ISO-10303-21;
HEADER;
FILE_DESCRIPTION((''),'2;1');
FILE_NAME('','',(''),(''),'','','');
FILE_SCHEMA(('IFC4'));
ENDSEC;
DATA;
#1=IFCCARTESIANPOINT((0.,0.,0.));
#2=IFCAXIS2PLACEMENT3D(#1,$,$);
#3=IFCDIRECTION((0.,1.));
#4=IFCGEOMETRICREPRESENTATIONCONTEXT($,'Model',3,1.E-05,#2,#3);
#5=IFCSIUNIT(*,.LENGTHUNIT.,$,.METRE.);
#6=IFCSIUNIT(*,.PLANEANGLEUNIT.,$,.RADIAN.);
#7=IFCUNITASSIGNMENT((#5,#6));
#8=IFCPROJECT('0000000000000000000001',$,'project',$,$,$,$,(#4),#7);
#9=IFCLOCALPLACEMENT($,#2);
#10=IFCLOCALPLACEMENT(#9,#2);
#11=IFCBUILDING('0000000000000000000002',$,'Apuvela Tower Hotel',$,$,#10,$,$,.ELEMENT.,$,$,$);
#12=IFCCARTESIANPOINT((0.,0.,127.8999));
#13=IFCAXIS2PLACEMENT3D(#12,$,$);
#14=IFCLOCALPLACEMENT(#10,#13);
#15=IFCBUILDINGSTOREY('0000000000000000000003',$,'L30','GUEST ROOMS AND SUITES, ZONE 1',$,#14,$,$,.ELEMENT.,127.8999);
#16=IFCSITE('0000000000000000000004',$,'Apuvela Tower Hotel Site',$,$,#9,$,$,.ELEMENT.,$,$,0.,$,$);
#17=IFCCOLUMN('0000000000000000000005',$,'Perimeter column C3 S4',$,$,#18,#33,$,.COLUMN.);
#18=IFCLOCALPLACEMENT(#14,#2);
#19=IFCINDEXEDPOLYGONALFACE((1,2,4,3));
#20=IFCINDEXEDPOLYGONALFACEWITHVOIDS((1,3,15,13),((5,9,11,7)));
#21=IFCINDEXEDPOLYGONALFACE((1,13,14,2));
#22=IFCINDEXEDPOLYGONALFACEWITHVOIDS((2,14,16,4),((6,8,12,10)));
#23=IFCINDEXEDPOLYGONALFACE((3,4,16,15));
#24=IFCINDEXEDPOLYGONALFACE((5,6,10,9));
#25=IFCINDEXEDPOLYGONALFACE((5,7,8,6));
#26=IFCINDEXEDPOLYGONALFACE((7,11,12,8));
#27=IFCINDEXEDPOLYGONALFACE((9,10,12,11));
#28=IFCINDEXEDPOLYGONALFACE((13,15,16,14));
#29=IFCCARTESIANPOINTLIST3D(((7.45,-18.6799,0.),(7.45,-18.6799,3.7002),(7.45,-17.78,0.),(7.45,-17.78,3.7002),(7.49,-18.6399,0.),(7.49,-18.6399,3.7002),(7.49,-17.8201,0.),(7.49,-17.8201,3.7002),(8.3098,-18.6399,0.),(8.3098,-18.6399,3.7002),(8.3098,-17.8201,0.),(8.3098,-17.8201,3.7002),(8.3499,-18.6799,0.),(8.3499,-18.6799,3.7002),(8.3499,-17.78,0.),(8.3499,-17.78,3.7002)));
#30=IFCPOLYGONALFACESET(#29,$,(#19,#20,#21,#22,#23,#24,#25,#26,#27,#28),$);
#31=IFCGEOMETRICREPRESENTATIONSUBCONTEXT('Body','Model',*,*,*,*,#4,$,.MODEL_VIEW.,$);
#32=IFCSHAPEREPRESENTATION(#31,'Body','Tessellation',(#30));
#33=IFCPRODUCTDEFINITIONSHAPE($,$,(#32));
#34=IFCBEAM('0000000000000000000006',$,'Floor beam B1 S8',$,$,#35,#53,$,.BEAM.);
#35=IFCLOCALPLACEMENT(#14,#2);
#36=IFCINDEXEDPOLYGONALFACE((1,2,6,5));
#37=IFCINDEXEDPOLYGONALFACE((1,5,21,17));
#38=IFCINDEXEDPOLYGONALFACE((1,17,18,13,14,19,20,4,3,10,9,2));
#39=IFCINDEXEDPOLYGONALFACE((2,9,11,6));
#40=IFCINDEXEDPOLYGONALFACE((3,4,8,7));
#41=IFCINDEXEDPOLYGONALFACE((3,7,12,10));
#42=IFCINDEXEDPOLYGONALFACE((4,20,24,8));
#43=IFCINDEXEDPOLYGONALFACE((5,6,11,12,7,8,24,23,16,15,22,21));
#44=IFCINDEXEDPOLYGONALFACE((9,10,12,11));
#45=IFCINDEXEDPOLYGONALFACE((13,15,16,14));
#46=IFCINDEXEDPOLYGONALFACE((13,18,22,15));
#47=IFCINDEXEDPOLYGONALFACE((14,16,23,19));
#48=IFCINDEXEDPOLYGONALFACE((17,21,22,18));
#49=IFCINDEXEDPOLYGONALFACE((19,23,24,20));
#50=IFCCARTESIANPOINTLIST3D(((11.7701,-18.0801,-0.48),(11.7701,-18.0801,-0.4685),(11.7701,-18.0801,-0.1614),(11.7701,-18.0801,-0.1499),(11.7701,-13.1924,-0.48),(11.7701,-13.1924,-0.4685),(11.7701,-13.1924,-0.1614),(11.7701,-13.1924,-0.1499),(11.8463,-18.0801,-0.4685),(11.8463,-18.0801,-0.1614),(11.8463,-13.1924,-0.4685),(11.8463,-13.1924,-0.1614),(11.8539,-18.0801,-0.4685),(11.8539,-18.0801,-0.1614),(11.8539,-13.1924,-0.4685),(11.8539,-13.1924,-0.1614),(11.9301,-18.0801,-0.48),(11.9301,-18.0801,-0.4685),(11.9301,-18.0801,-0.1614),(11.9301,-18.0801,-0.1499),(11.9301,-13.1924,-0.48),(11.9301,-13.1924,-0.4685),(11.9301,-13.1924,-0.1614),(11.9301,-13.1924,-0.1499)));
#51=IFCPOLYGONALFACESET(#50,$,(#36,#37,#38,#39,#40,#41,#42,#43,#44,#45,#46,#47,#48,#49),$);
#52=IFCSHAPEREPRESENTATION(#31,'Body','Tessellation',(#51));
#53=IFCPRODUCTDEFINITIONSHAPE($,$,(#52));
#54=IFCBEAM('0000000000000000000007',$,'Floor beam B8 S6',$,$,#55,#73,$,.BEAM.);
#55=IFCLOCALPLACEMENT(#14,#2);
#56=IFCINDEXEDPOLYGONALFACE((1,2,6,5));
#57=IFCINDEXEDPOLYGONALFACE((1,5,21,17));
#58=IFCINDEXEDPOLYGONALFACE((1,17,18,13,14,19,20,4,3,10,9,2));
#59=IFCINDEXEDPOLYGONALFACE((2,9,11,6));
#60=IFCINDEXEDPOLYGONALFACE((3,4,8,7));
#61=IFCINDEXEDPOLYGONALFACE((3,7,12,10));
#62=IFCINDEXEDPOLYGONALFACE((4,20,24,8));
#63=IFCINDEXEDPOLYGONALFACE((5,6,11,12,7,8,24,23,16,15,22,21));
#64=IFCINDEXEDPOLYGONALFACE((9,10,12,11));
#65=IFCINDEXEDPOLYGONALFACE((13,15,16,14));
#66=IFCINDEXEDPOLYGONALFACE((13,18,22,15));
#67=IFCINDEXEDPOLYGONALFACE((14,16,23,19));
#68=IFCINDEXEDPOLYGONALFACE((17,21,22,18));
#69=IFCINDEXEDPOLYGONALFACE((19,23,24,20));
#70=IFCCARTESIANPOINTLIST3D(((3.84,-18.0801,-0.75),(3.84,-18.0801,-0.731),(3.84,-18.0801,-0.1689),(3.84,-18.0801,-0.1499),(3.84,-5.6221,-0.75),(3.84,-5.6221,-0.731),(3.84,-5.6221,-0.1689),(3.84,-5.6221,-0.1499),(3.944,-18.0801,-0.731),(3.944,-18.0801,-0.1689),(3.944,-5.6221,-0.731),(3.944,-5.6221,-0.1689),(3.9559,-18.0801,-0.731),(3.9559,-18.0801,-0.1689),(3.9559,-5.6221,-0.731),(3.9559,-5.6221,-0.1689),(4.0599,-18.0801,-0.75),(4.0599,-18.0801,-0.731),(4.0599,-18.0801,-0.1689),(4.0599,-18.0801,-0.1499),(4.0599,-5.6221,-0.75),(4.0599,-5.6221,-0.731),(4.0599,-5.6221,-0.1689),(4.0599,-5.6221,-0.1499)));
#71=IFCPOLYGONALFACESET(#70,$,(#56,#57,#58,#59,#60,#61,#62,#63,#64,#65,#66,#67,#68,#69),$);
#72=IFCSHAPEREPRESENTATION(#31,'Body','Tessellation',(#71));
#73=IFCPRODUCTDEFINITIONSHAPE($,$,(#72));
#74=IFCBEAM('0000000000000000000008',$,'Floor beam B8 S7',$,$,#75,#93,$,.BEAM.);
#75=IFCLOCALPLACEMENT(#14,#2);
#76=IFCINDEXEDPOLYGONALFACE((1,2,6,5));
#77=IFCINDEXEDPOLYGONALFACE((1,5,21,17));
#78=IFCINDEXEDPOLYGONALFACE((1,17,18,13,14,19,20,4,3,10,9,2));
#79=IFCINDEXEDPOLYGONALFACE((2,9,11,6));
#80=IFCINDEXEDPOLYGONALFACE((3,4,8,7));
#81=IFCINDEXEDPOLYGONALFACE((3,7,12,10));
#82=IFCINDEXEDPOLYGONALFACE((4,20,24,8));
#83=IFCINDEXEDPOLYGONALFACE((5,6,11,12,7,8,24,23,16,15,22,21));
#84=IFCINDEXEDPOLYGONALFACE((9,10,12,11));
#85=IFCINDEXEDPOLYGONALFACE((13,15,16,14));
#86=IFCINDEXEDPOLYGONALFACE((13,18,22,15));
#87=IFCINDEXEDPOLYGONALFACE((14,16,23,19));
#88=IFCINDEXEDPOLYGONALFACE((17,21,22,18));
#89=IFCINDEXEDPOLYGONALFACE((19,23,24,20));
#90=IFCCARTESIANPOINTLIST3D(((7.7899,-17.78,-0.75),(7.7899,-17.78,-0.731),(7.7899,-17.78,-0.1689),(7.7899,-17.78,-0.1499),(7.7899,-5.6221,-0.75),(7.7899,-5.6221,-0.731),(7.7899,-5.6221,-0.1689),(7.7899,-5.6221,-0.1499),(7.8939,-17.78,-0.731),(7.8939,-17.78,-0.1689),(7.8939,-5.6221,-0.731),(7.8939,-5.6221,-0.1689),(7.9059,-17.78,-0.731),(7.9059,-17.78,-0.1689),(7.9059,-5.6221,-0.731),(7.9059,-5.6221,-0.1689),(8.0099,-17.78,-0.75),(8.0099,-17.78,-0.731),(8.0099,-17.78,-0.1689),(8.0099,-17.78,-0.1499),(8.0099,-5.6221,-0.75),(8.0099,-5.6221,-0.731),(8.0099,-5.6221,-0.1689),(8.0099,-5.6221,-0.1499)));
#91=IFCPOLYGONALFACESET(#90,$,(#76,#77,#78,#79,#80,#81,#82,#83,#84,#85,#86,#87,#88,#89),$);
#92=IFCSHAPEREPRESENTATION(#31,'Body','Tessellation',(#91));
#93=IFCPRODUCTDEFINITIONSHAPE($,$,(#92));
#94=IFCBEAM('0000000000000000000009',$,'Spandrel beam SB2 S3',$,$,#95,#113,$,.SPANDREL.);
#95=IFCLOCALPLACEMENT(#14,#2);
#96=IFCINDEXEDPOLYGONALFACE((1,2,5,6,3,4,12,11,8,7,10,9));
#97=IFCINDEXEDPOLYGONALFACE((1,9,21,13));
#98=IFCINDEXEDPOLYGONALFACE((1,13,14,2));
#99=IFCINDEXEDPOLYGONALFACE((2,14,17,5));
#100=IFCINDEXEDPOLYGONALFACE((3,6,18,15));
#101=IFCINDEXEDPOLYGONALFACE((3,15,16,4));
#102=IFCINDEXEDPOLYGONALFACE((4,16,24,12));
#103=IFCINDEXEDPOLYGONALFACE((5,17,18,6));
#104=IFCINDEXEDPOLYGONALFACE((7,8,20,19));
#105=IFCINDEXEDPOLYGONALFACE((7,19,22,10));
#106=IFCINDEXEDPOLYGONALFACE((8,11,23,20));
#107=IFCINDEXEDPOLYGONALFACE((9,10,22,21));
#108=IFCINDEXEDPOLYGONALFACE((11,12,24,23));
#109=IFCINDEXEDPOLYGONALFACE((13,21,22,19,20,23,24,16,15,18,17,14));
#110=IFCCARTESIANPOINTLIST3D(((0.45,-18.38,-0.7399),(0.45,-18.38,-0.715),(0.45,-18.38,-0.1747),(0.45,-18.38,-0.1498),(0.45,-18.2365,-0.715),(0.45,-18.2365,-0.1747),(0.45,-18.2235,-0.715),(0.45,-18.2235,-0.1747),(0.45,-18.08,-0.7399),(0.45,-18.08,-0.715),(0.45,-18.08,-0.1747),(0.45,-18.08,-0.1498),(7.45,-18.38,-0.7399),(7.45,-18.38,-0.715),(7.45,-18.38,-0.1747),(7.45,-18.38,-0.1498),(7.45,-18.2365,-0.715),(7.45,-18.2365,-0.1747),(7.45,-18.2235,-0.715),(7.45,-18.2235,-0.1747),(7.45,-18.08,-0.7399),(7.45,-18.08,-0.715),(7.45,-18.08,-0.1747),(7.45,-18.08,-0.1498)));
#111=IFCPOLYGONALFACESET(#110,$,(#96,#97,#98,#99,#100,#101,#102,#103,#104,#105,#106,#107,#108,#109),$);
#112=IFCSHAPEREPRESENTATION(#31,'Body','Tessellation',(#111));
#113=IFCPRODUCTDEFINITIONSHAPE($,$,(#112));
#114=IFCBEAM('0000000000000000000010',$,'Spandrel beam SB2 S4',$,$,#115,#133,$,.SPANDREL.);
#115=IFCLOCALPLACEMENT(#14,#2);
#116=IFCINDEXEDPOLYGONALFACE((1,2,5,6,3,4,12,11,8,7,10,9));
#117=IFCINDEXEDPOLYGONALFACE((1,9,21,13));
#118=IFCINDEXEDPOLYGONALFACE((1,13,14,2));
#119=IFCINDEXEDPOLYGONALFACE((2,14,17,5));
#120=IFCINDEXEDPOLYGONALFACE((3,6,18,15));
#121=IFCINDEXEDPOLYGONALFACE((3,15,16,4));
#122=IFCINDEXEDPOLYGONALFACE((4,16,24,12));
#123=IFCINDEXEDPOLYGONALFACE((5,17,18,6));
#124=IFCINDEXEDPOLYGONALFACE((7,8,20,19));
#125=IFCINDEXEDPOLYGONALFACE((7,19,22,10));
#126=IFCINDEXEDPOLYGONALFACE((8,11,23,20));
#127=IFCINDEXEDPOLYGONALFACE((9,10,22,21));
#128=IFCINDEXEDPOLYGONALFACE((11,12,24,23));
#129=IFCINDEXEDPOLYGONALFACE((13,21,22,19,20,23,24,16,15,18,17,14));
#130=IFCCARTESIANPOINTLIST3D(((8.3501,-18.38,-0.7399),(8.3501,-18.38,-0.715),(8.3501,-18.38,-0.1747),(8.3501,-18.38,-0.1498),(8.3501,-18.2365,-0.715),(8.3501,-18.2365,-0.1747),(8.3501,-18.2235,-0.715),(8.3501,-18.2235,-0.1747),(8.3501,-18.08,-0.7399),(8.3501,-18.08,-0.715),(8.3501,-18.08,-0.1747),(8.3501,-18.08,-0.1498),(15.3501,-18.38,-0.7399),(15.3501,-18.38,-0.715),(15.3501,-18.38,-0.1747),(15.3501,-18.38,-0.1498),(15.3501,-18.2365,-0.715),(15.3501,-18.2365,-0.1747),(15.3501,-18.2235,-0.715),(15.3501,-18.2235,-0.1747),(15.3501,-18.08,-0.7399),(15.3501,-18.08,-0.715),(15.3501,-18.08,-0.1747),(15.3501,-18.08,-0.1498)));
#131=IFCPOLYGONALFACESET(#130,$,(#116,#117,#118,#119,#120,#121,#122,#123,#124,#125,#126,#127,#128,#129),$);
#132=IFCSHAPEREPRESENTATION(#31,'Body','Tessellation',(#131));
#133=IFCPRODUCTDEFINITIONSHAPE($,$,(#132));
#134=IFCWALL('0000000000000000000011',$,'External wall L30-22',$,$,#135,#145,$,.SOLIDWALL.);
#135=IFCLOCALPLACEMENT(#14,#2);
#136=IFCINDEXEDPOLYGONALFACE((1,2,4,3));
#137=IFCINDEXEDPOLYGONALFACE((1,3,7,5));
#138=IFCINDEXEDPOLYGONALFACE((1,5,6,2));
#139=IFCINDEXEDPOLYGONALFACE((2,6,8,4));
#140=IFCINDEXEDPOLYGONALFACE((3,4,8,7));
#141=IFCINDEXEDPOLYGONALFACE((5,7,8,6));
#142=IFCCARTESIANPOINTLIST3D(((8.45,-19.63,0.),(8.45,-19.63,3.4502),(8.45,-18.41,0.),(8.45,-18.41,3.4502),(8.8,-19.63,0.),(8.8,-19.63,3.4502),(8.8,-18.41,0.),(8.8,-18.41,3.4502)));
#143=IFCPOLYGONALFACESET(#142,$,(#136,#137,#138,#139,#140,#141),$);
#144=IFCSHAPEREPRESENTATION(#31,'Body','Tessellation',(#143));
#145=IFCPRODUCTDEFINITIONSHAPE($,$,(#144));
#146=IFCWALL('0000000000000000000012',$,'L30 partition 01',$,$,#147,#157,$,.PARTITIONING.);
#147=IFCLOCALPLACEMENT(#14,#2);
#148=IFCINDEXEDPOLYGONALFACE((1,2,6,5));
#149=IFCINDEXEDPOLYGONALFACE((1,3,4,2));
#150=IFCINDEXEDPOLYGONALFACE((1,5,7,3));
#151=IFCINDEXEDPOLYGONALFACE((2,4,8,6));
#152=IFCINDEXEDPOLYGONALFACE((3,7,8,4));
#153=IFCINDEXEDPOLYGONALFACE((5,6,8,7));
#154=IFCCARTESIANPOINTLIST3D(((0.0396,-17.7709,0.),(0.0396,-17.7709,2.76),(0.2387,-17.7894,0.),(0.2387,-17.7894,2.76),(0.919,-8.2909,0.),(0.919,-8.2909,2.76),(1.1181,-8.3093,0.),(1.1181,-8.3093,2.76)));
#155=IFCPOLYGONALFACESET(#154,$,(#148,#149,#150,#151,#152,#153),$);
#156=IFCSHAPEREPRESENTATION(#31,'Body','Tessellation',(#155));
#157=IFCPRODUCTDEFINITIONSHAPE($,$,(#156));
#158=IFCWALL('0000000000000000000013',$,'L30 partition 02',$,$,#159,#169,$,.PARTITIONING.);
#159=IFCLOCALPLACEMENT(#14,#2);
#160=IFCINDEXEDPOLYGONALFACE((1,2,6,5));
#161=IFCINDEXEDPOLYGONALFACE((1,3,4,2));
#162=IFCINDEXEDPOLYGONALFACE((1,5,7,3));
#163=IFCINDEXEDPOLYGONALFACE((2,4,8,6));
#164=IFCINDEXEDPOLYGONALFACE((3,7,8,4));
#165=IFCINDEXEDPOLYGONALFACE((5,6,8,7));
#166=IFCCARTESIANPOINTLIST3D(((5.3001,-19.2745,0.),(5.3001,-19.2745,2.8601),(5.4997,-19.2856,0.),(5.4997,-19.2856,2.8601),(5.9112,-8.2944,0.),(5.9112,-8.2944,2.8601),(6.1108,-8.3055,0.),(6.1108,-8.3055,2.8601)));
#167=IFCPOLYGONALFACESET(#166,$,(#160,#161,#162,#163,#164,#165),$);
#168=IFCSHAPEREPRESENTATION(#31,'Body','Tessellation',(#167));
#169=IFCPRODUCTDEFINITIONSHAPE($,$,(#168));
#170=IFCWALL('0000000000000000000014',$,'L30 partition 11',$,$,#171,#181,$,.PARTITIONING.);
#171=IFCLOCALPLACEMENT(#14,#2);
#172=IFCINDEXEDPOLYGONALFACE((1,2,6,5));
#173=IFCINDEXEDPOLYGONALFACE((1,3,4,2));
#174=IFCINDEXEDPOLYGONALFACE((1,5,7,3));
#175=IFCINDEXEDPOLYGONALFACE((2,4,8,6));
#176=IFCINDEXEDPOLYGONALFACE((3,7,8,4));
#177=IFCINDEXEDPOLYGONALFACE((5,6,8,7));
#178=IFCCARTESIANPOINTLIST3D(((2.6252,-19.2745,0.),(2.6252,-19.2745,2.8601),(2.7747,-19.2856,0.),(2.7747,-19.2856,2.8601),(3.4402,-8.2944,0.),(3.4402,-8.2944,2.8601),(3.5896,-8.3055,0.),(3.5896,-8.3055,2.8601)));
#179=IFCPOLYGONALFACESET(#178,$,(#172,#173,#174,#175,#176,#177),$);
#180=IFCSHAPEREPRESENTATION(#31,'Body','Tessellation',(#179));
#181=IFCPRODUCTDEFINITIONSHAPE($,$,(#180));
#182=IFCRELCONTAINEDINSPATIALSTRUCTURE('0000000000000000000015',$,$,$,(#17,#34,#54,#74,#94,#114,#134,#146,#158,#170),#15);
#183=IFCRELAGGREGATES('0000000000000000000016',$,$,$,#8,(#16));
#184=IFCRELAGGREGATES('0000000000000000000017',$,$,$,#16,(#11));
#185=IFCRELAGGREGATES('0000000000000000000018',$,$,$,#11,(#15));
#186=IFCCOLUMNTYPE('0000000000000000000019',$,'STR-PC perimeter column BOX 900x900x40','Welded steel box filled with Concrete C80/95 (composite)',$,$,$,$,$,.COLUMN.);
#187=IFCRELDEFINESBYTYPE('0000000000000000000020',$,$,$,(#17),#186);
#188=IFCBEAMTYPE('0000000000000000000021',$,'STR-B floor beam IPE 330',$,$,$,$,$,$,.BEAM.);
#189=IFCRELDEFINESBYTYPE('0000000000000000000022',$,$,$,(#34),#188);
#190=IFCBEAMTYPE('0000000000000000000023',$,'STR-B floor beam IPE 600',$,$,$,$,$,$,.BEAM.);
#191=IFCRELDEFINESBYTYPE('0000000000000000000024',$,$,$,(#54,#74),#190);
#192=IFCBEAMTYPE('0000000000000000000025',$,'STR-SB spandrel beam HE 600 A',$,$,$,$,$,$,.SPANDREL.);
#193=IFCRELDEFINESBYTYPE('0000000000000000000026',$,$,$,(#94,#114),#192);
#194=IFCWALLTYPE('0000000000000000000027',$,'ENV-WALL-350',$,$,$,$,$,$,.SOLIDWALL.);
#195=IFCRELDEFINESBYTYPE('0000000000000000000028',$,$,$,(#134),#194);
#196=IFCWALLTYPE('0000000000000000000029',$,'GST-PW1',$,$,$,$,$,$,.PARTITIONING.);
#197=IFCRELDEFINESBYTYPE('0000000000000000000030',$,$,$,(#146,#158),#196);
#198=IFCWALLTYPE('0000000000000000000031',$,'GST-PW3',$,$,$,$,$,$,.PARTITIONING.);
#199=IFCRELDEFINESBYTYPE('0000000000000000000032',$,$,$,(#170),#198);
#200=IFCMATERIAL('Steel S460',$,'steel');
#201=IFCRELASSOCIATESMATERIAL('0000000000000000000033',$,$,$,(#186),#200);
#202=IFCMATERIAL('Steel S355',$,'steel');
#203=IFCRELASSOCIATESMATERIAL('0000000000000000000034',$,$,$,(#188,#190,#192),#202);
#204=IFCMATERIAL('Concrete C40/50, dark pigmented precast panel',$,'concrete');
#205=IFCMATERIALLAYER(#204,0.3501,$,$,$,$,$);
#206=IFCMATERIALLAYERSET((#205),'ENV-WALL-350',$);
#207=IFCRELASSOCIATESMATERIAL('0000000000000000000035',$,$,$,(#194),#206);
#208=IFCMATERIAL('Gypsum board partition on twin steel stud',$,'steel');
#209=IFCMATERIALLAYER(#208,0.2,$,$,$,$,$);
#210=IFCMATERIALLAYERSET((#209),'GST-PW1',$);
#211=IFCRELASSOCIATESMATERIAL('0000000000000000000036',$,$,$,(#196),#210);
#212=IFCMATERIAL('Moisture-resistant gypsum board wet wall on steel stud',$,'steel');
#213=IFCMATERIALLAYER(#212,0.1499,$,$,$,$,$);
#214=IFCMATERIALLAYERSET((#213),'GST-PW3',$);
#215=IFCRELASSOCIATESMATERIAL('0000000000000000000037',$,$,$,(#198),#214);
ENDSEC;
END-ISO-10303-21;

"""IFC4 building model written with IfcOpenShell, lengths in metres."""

from ifc_helpers import new_model, si_unit, direction, frame, frame_2d, origin, origin_2d, place, context, subcontext, project, spatial, rectangle, hollow_rectangle, i_section, extrude, material, layer, layer_set, material_profile, profile_set, type_object, element, save


model = new_model("IFC4")

# Units and contexts
model_context = context("Model", 3, precision=1e-05, world=origin(), true_north=direction((0.0, 1.0)))
body_context = subcontext(model_context, "Body", "Model", "MODEL_VIEW")
ifc_project = project(units=[si_unit("LENGTHUNIT", "METRE"), si_unit("PLANEANGLEUNIT", "RADIAN")], contexts=[model_context])

# Site, building, storey
site_placement = place(None, origin())
site = spatial("IfcSite", under=ifc_project, at=site_placement, Name="Apuvela Tower Hotel Site", CompositionType="ELEMENT", RefElevation=0.0)
building_placement = place(site_placement, origin())
building = spatial("IfcBuilding", under=site, at=building_placement, Name="Apuvela Tower Hotel", CompositionType="ELEMENT")
storey_placement = place(building_placement, frame((0.0, 0.0, 127.8999)))
storey = spatial("IfcBuildingStorey", under=building, at=storey_placement, Name="L30", Description="GUEST ROOMS AND SUITES, ZONE 1", CompositionType="ELEMENT", Elevation=127.8999)

# Column
ifc_material_1 = material(Name="Steel S460", Category="steel")
ifc_material_profile_1 = material_profile(ifc_material_1, hollow_rectangle(XDim=0.8999, YDim=0.8999, WallThickness=0.04, at=origin_2d()), Name="BOX 900x900x40")
ifc_material_2 = material(Name="Concrete C80/95", Category="concrete")
ifc_material_profile_2 = material_profile(ifc_material_2, rectangle(XDim=0.8201, YDim=0.8201, at=origin_2d()), Name="Concrete C80/95 infill")
ifc_profile_set_1 = profile_set([ifc_material_profile_1, ifc_material_profile_2], Name="Steel S460")
column_type = type_object("IfcColumnType", Name="STR-PC perimeter column BOX 900x900x40", Description="Welded steel box filled with Concrete C80/95 (composite)", PredefinedType="COLUMN", material=ifc_profile_set_1)
column_placement = place(storey_placement, frame((7.8999, -18.23, 0.0), z_axis=(0.0, 0.0, 1.0), x_axis=(-1.0, 0.0, 0.0)))
element("IfcColumn", 1, at=column_placement, inside=storey, type_object=column_type, Name="Perimeter column C3 S4", PredefinedType="COLUMN", context=body_context, shape_type="SweptSolid", body=[
    extrude(hollow_rectangle(XDim=0.8999, YDim=0.8999, WallThickness=0.04, at=origin_2d()), origin(), (0.0, 0.0, 1.0), 3.7002),
])

# Beams
ifc_material_3 = material(Name="Steel S355", Category="steel")
ifc_material_profile_3 = material_profile(ifc_material_3, i_section(OverallWidth=0.1599, OverallDepth=0.3301, WebThickness=0.0076, FlangeThickness=0.0115, at=origin_2d()), Name="IPE 330")
ifc_profile_set_2 = profile_set([ifc_material_profile_3], Name="Steel S355")
beam_type_1 = type_object("IfcBeamType", Name="STR-B floor beam IPE 330", PredefinedType="BEAM", material=ifc_profile_set_2)
beam_1_placement = place(storey_placement, frame((11.8501, -18.0801, -0.3149), z_axis=(0.0, 1.0, 0.0), x_axis=(-1.0, 0.0, 0.0)))
element("IfcBeam", 2, at=beam_1_placement, inside=storey, type_object=beam_type_1, Name="Floor beam B1 S8", PredefinedType="BEAM", context=body_context, shape_type="SweptSolid", body=[
    extrude(i_section(OverallWidth=0.1599, OverallDepth=0.3301, WebThickness=0.0076, FlangeThickness=0.0115, at=origin_2d()), origin(), (0.0, 0.0, 1.0), 4.8877),
])
ifc_material_profile_4 = material_profile(ifc_material_3, i_section(OverallWidth=0.22, OverallDepth=0.6001, WebThickness=0.012, FlangeThickness=0.019, at=origin_2d()), Name="IPE 600")
ifc_profile_set_3 = profile_set([ifc_material_profile_4], Name="Steel S355")
beam_type_2 = type_object("IfcBeamType", Name="STR-B floor beam IPE 600", PredefinedType="BEAM", material=ifc_profile_set_3)
beam_2_placement = place(storey_placement, frame((3.95, -18.0801, -0.45), z_axis=(0.0, 1.0, 0.0), x_axis=(-1.0, 0.0, 0.0)))
element("IfcBeam", 3, at=beam_2_placement, inside=storey, type_object=beam_type_2, Name="Floor beam B8 S6", PredefinedType="BEAM", context=body_context, shape_type="SweptSolid", body=[
    extrude(i_section(OverallWidth=0.22, OverallDepth=0.6001, WebThickness=0.012, FlangeThickness=0.019, at=origin_2d()), origin(), (0.0, 0.0, 1.0), 12.458),
])
beam_3_placement = place(storey_placement, frame((7.8999, -17.78, -0.45), z_axis=(0.0, 1.0, 0.0), x_axis=(-1.0, 0.0, 0.0)))
element("IfcBeam", 4, at=beam_3_placement, inside=storey, type_object=beam_type_2, Name="Floor beam B8 S7", PredefinedType="BEAM", context=body_context, shape_type="SweptSolid", body=[
    extrude(i_section(OverallWidth=0.22, OverallDepth=0.6001, WebThickness=0.012, FlangeThickness=0.019, at=origin_2d()), origin(), (0.0, 0.0, 1.0), 12.158),
])
ifc_material_profile_5 = material_profile(ifc_material_3, i_section(OverallWidth=0.3, OverallDepth=0.5901, WebThickness=0.0129, FlangeThickness=0.0249, at=origin_2d()), Name="HE 600 A")
ifc_profile_set_4 = profile_set([ifc_material_profile_5], Name="Steel S355")
beam_type_3 = type_object("IfcBeamType", Name="STR-SB spandrel beam HE 600 A", PredefinedType="SPANDREL", material=ifc_profile_set_4)
for number, where, z_axis, x_axis, name in (
    (5, (0.45, -18.23, -0.4448), (1.0, 0.0, 0.0), (0.0, 1.0, 0.0), "Spandrel beam SB2 S3"),
    (6, (8.3501, -18.23, -0.4448), (1.0, 0.0, 0.0), (0.0, 1.0, 0.0), "Spandrel beam SB2 S4"),
):
    element("IfcBeam", number, at=place(storey_placement, frame(where, z_axis=z_axis, x_axis=x_axis)), inside=storey, type_object=beam_type_3, Name=name, PredefinedType="SPANDREL", context=body_context, shape_type="SweptSolid", body=[
        extrude(i_section(OverallWidth=0.3, OverallDepth=0.5901, WebThickness=0.0129, FlangeThickness=0.0249, at=origin_2d()), origin(), (0.0, 0.0, 1.0), 7.0),
    ])

# Wall
ifc_material_4 = material(Name="Concrete C40/50, dark pigmented precast panel", Category="concrete")
ifc_layer_1 = layer(ifc_material_4, 0.3501)
ifc_layer_set_1 = layer_set([ifc_layer_1], Name="ENV-WALL-350")
wall_type_1 = type_object("IfcWallType", Name="ENV-WALL-350", PredefinedType="SOLIDWALL", material=ifc_layer_set_1)
wall_1_placement = place(storey_placement, frame((8.625, -19.6299, 0.0), z_axis=(0.0, 0.0, 1.0), x_axis=(0.0, 1.0, 0.0)))
element("IfcWall", 7, at=wall_1_placement, inside=storey, type_object=wall_type_1, Name="External wall L30-22", PredefinedType="SOLIDWALL", context=body_context, shape_type="SweptSolid", body=[
    extrude(rectangle(XDim=1.22, YDim=0.3501, at=frame_2d((0.6099, 0.0))), origin(), (0.0, 0.0, 1.0), 3.4502),
])

# Walls
ifc_material_5 = material(Name="Gypsum board partition on twin steel stud", Category="steel")
ifc_layer_2 = layer(ifc_material_5, 0.2)
ifc_layer_set_2 = layer_set([ifc_layer_2], Name="GST-PW1")
wall_type_2 = type_object("IfcWallType", Name="GST-PW1", PredefinedType="PARTITIONING", material=ifc_layer_set_2)
wall_2_placement = place(storey_placement, frame((0.1392, -17.78, 0.0), z_axis=(0.0, 0.0, 1.0), x_axis=(0.092367, 0.995725, 0.0)))
element("IfcWall", 8, at=wall_2_placement, inside=storey, type_object=wall_type_2, Name="L30 partition 01", PredefinedType="PARTITIONING", context=body_context, shape_type="SweptSolid", body=[
    extrude(rectangle(XDim=9.5208, YDim=0.2, at=frame_2d((4.7603, 0.0))), origin(), (0.0, 0.0, 1.0), 2.76),
])
wall_3_placement = place(storey_placement, frame((5.3999, -19.28, 0.0), z_axis=(0.0, 0.0, 1.0), x_axis=(0.055568, 0.998455, 0.0)))
element("IfcWall", 9, at=wall_3_placement, inside=storey, type_object=wall_type_2, Name="L30 partition 02", PredefinedType="PARTITIONING", context=body_context, shape_type="SweptSolid", body=[
    extrude(rectangle(XDim=10.9971, YDim=0.2, at=frame_2d((5.4985, 0.0))), origin(), (0.0, 0.0, 1.0), 2.8601),
])
ifc_material_6 = material(Name="Moisture-resistant gypsum board wet wall on steel stud", Category="steel")
ifc_layer_3 = layer(ifc_material_6, 0.1499)
ifc_layer_set_3 = layer_set([ifc_layer_3], Name="GST-PW3")
wall_type_3 = type_object("IfcWallType", Name="GST-PW3", PredefinedType="PARTITIONING", material=ifc_layer_set_3)
wall_4_placement = place(storey_placement, frame((2.7, -19.28, 0.0), z_axis=(0.0, 0.0, 1.0), x_axis=(0.074017, 0.997257, 0.0)))
element("IfcWall", 10, at=wall_4_placement, inside=storey, type_object=wall_type_3, Name="L30 partition 11", PredefinedType="PARTITIONING", context=body_context, shape_type="SweptSolid", body=[
    extrude(rectangle(XDim=11.0103, YDim=0.1499, at=frame_2d((5.5051, 0.0))), origin(), (0.0, 0.0, 1.0), 2.8601),
])

save(model, "model.ifc")
